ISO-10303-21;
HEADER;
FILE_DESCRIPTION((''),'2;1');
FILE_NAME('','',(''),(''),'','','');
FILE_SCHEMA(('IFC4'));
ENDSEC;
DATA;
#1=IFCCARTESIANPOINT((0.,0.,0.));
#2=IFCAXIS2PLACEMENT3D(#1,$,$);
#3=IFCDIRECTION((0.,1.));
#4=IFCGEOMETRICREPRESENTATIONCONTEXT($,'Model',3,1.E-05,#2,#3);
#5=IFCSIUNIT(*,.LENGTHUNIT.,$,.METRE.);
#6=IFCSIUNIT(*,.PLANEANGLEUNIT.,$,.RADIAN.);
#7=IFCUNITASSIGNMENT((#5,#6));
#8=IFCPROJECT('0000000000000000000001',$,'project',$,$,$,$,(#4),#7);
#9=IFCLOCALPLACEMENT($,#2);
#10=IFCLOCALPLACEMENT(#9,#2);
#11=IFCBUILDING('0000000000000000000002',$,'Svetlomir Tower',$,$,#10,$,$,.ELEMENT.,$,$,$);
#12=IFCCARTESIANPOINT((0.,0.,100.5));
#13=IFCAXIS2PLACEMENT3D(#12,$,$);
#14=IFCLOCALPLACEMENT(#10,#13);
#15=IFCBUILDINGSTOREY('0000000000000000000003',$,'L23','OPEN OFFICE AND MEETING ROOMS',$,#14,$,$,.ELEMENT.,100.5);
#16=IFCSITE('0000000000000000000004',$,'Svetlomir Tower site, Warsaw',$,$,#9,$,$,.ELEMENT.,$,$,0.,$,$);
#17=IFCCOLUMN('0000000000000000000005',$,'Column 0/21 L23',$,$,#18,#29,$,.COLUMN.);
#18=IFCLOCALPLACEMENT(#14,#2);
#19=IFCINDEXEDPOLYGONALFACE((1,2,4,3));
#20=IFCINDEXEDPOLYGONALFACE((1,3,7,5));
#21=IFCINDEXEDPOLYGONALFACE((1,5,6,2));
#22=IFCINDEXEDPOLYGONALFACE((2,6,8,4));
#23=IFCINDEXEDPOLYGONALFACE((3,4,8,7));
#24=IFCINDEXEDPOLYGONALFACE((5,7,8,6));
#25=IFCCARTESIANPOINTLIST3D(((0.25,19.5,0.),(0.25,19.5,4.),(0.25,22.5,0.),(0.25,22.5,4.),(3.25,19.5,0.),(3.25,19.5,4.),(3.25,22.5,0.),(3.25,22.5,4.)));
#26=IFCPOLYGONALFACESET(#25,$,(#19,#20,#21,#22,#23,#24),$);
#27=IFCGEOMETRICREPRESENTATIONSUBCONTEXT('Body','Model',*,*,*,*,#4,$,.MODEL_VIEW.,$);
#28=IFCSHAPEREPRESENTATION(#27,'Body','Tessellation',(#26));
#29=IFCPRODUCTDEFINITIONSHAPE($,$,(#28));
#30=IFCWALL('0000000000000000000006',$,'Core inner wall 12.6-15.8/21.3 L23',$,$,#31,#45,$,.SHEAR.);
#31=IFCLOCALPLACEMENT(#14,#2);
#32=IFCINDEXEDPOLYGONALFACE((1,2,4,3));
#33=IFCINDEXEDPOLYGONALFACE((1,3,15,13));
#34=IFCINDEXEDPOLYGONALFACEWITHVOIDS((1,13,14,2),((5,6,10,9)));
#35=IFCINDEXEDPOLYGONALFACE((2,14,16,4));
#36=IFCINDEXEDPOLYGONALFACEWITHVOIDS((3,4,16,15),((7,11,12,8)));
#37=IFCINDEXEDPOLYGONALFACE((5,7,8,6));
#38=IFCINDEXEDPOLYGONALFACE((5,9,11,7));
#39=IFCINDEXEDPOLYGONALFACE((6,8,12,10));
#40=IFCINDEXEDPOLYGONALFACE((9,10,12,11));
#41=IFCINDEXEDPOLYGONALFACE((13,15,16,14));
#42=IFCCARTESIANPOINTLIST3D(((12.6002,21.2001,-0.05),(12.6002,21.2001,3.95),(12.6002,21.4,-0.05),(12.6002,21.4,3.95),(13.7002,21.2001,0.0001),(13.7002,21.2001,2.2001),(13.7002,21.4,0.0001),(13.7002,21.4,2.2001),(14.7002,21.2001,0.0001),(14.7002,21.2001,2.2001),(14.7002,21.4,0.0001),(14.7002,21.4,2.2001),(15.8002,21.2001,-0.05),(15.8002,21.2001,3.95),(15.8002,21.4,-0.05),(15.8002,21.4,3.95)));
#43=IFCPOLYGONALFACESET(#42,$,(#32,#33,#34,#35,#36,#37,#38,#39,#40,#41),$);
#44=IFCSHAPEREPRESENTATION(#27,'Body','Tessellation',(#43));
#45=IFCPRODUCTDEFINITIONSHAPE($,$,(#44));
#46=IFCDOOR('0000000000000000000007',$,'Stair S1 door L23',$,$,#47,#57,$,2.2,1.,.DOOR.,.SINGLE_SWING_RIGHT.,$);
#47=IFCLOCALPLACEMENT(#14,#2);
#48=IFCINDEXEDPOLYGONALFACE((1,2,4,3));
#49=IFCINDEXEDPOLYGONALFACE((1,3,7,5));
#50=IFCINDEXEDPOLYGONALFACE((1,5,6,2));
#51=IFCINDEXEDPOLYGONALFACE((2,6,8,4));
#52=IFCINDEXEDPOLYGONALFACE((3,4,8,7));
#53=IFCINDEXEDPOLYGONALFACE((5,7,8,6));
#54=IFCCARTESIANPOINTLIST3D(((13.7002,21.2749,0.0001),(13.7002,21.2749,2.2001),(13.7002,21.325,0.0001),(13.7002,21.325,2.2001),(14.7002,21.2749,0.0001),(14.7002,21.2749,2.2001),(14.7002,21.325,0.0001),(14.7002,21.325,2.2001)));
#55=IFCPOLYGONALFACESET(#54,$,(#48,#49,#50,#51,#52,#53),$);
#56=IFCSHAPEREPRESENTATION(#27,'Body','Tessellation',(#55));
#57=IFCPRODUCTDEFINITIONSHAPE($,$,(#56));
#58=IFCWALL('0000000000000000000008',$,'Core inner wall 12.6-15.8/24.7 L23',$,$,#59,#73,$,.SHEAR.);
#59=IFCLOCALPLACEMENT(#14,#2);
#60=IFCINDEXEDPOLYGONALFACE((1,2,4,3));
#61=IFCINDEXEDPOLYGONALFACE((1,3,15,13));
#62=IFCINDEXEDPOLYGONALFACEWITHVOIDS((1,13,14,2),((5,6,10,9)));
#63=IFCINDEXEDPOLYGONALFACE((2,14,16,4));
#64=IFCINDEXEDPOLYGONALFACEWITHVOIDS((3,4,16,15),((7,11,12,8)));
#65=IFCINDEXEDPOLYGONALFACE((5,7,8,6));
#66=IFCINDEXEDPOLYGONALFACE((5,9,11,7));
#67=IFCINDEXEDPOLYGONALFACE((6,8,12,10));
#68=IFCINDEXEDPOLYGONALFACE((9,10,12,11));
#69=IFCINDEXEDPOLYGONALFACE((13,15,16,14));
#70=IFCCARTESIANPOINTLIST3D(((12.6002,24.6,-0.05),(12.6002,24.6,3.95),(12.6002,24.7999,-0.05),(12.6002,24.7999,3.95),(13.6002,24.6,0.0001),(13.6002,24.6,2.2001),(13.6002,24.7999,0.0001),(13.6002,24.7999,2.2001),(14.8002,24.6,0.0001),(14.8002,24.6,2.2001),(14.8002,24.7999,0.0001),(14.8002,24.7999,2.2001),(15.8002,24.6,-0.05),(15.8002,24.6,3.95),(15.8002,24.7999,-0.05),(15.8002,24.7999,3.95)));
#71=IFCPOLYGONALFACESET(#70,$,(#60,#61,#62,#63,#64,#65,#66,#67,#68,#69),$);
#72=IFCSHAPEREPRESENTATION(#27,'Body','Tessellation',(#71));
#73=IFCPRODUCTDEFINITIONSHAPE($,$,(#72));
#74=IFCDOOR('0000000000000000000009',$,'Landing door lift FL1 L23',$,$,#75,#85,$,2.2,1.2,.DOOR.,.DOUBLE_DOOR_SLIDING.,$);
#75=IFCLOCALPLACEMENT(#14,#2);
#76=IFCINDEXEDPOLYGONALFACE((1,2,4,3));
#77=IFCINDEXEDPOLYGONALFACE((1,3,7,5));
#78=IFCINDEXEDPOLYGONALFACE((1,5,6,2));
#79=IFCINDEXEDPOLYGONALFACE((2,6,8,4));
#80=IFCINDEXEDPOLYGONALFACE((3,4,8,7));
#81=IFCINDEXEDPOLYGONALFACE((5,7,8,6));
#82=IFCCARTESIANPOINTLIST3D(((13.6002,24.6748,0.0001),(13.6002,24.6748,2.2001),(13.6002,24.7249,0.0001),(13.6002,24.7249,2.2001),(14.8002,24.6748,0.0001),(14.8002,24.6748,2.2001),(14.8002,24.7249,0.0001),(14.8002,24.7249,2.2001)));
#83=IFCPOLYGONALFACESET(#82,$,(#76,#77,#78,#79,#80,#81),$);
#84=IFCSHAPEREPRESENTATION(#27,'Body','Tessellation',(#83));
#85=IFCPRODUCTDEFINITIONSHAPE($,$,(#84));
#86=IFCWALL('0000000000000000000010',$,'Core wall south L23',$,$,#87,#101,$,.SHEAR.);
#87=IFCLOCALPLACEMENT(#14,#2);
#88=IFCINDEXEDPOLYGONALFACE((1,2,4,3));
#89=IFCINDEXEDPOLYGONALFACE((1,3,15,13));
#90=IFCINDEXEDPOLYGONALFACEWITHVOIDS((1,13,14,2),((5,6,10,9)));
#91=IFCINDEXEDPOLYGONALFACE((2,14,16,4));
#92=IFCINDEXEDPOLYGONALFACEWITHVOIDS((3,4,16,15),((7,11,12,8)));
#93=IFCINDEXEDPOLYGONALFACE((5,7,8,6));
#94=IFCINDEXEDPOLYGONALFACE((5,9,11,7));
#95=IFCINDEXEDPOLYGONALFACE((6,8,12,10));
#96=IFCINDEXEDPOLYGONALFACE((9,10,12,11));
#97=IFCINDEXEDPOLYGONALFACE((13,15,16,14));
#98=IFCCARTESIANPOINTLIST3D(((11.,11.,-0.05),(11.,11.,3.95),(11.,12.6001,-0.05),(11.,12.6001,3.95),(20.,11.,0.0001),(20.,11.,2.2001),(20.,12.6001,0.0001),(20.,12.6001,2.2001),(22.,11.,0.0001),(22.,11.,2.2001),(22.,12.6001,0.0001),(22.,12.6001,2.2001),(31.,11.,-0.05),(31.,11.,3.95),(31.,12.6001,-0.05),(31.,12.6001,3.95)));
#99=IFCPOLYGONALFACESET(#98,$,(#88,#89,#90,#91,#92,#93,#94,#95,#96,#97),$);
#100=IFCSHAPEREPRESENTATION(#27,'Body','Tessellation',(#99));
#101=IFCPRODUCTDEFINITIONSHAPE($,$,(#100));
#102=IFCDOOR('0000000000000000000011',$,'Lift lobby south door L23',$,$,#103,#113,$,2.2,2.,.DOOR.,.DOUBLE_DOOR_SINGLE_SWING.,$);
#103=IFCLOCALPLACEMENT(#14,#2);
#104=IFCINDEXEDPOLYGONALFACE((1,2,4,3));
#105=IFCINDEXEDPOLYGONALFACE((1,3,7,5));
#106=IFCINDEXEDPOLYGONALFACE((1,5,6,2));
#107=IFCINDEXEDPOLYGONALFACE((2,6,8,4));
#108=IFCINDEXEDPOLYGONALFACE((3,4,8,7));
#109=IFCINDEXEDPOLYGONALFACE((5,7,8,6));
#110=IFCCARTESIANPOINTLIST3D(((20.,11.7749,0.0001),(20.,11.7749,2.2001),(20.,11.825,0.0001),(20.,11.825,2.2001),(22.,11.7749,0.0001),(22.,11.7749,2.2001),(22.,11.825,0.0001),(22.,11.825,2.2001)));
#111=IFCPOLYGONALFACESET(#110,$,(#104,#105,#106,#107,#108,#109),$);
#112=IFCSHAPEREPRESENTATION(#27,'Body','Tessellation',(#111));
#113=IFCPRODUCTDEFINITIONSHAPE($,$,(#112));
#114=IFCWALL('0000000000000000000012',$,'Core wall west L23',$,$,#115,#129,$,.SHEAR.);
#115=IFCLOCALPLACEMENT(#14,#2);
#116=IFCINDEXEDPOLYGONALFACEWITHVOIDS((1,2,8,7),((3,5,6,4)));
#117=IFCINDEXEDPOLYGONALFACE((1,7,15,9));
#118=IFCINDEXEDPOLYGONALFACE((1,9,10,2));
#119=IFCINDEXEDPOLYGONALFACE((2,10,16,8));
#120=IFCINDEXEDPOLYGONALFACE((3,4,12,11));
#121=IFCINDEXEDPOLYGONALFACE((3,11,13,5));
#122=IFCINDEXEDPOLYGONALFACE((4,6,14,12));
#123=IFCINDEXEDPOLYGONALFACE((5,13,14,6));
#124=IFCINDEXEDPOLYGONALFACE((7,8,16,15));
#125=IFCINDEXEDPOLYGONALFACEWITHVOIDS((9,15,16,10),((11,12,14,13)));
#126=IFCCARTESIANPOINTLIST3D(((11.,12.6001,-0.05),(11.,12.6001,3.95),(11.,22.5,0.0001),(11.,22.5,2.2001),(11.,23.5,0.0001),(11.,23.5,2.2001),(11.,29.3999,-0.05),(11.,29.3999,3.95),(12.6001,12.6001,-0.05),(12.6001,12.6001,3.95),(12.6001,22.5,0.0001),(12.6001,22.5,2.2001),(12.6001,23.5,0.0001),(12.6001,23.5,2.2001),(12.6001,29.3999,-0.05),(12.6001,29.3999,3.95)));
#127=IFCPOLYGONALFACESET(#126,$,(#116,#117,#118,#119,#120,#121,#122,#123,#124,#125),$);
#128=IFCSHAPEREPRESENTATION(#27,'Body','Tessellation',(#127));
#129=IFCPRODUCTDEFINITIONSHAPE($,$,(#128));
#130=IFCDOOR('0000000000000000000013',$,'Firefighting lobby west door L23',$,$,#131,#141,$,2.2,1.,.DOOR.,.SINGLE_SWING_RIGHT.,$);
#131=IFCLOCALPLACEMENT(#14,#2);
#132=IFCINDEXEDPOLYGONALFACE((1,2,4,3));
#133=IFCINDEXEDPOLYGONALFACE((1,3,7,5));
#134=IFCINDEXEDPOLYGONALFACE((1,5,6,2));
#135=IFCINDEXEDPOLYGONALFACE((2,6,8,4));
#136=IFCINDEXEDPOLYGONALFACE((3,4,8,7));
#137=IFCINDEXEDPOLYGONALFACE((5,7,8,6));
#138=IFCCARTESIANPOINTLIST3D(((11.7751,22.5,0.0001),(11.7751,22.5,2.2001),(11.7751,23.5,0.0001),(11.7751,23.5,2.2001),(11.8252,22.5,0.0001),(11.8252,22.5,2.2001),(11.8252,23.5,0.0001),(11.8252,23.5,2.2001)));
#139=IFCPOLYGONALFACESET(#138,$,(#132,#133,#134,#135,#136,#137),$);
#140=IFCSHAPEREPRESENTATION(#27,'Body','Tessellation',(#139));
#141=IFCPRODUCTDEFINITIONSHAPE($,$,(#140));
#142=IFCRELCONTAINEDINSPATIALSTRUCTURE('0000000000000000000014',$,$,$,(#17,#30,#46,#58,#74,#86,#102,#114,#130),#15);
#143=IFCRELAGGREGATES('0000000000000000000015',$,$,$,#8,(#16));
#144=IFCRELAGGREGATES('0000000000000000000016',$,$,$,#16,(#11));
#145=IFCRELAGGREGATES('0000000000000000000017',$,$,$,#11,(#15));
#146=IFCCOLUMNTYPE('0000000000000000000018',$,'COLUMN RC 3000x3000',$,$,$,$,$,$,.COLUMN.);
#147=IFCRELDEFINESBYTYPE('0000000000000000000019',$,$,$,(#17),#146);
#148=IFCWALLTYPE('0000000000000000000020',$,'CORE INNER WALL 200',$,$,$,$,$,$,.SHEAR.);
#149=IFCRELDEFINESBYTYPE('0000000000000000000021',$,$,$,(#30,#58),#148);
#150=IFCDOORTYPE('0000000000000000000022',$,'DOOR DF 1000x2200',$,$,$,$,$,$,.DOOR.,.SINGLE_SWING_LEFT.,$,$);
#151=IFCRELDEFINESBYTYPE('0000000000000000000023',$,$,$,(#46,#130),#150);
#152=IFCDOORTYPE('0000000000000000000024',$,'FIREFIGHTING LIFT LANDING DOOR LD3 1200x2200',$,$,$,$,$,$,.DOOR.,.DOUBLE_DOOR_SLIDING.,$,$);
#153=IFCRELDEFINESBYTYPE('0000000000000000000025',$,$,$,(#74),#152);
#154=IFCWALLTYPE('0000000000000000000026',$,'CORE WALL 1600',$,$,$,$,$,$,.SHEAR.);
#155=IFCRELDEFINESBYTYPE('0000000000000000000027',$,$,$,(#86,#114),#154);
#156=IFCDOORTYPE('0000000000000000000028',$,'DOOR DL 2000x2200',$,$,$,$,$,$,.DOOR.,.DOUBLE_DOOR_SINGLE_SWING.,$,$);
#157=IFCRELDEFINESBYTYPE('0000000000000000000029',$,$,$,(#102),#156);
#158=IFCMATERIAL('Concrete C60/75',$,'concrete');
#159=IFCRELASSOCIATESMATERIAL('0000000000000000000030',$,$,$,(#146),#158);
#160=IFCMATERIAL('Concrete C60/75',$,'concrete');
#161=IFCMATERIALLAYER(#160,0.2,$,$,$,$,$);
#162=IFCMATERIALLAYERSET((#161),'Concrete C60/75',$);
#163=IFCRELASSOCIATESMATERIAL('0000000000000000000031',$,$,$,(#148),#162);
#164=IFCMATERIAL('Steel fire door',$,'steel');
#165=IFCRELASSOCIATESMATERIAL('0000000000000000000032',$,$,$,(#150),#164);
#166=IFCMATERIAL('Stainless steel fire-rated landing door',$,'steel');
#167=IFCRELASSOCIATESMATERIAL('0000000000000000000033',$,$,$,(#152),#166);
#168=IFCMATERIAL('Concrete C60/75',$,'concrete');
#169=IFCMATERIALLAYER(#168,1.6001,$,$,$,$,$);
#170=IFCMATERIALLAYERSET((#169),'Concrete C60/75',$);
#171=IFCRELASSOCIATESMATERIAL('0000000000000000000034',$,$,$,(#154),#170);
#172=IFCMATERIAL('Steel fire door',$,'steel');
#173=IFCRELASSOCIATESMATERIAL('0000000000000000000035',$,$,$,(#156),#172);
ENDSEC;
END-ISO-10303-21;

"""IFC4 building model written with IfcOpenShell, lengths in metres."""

from ifc_helpers import new_model, si_unit, direction, frame, frame_2d, origin, origin_2d, place, context, subcontext, project, spatial, rectangle, extrude, material, layer, layer_set, material_profile, profile_set, type_object, element, fill, save


model = new_model("IFC4")

# Units and contexts
model_context = context("Model", 3, precision=1e-05, world=origin(), true_north=direction((0.0, 1.0)))
body_context = subcontext(model_context, "Body", "Model", "MODEL_VIEW")
ifc_project = project(units=[si_unit("LENGTHUNIT", "METRE"), si_unit("PLANEANGLEUNIT", "RADIAN")], contexts=[model_context])

# Site, building, storey
site_placement = place(None, origin())
site = spatial("IfcSite", under=ifc_project, at=site_placement, Name="Svetlomir Tower site, Warsaw", CompositionType="ELEMENT", RefElevation=0.0)
building_placement = place(site_placement, origin())
building = spatial("IfcBuilding", under=site, at=building_placement, Name="Svetlomir Tower", CompositionType="ELEMENT")
storey_placement = place(building_placement, frame((0.0, 0.0, 100.5)))
storey = spatial("IfcBuildingStorey", under=building, at=storey_placement, Name="L23", Description="OPEN OFFICE AND MEETING ROOMS", CompositionType="ELEMENT", Elevation=100.5)

# Column
ifc_material_1 = material(Name="Concrete C60/75", Category="concrete")
ifc_material_profile = material_profile(ifc_material_1, rectangle(XDim=3.0, YDim=3.0, at=origin_2d()), Name="RC 3000x3000")
ifc_profile_set = profile_set([ifc_material_profile], Name="Concrete C60/75")
column_type = type_object("IfcColumnType", Name="COLUMN RC 3000x3000", PredefinedType="COLUMN", material=ifc_profile_set)
column_placement = place(storey_placement, frame((1.75, 21.0, 0.0), z_axis=(0.0, 0.0, 1.0), x_axis=(1.0, 0.0, 0.0)))
element("IfcColumn", 1, at=column_placement, inside=storey, type_object=column_type, Name="Column 0/21 L23", PredefinedType="COLUMN", context=body_context, shape_type="SweptSolid", body=[
    extrude(rectangle(XDim=3.0, YDim=3.0, at=origin_2d()), origin(), (0.0, 0.0, 1.0), 4.0),
])

# Walls, openings, doors
ifc_material_2 = material(Name="Concrete C60/75", Category="concrete")
ifc_layer_1 = layer(ifc_material_2, 0.2)
ifc_layer_set_1 = layer_set([ifc_layer_1], Name="Concrete C60/75")
wall_type_1 = type_object("IfcWallType", Name="CORE INNER WALL 200", PredefinedType="SHEAR", material=ifc_layer_set_1)
wall_1_placement = place(storey_placement, frame((12.6001, 21.3, -0.05), z_axis=(0.0, 0.0, 1.0), x_axis=(1.0, 0.0, 0.0)))
wall_1 = element("IfcWall", 2, at=wall_1_placement, inside=storey, type_object=wall_type_1, Name="Core inner wall 12.6-15.8/21.3 L23", PredefinedType="SHEAR", context=body_context, shape_type="SweptSolid", body=[
    extrude(rectangle(XDim=3.2, YDim=0.2, at=frame_2d((1.6001, 0.0))), origin(), (0.0, 0.0, 1.0), 4.0),
])
opening_1_placement = place(wall_1_placement, frame((1.1001, 0.0, 0.05)))
opening_1 = element("IfcOpeningElement", 3, at=opening_1_placement, cuts=wall_1, PredefinedType="OPENING", context=body_context, shape_type="SweptSolid", body=[
    extrude(rectangle(XDim=1.0, YDim=2.2, at=frame_2d((0.5, 1.1001))), frame((0.0, 0.1099, 0.0), z_axis=(0.0, -1.0, 0.0), x_axis=(1.0, 0.0, 0.0)), (0.0, 0.0, 1.0), 0.22),
])
ifc_material_3 = material(Name="Steel fire door", Category="steel")
door_type_1 = type_object("IfcDoorType", Name="DOOR DF 1000x2200", OperationType="SINGLE_SWING_LEFT", PredefinedType="DOOR", material=ifc_material_3)
door_1_placement = place(opening_1_placement, origin())
door_1 = element("IfcDoor", 4, at=door_1_placement, inside=storey, type_object=door_type_1, Name="Stair S1 door L23", OperationType="SINGLE_SWING_RIGHT", OverallHeight=2.2, OverallWidth=1.0, PredefinedType="DOOR", context=body_context, shape_type="SweptSolid", body=[
    extrude(rectangle(XDim=1.0, YDim=2.2, at=frame_2d((0.5, 1.1001))), frame((0.0, 0.0249, 0.0), z_axis=(0.0, -1.0, 0.0), x_axis=(1.0, 0.0, 0.0)), (0.0, 0.0, 1.0), 0.05),
])
fill(opening_1, door_1)
wall_2_placement = place(storey_placement, frame((12.6001, 24.7, -0.05), z_axis=(0.0, 0.0, 1.0), x_axis=(1.0, 0.0, 0.0)))
wall_2 = element("IfcWall", 5, at=wall_2_placement, inside=storey, type_object=wall_type_1, Name="Core inner wall 12.6-15.8/24.7 L23", PredefinedType="SHEAR", context=body_context, shape_type="SweptSolid", body=[
    extrude(rectangle(XDim=3.2, YDim=0.2, at=frame_2d((1.6001, 0.0))), origin(), (0.0, 0.0, 1.0), 4.0),
])
opening_2_placement = place(wall_2_placement, frame((1.0, 0.0, 0.05)))
opening_2 = element("IfcOpeningElement", 6, at=opening_2_placement, cuts=wall_2, PredefinedType="OPENING", context=body_context, shape_type="SweptSolid", body=[
    extrude(rectangle(XDim=1.2, YDim=2.2, at=frame_2d((0.6001, 1.1001))), frame((0.0, 0.1099, 0.0), z_axis=(0.0, -1.0, 0.0), x_axis=(1.0, 0.0, 0.0)), (0.0, 0.0, 1.0), 0.22),
])
ifc_material_4 = material(Name="Stainless steel fire-rated landing door", Category="steel")
door_type_2 = type_object("IfcDoorType", Name="FIREFIGHTING LIFT LANDING DOOR LD3 1200x2200", OperationType="DOUBLE_DOOR_SLIDING", PredefinedType="DOOR", material=ifc_material_4)
door_2_placement = place(opening_2_placement, origin())
door_2 = element("IfcDoor", 7, at=door_2_placement, inside=storey, type_object=door_type_2, Name="Landing door lift FL1 L23", OperationType="DOUBLE_DOOR_SLIDING", OverallHeight=2.2, OverallWidth=1.2, PredefinedType="DOOR", context=body_context, shape_type="SweptSolid", body=[
    extrude(rectangle(XDim=1.2, YDim=2.2, at=frame_2d((0.6001, 1.1001))), frame((0.0, 0.0249, 0.0), z_axis=(0.0, -1.0, 0.0), x_axis=(1.0, 0.0, 0.0)), (0.0, 0.0, 1.0), 0.05),
])
fill(opening_2, door_2)
ifc_material_5 = material(Name="Concrete C60/75", Category="concrete")
ifc_layer_2 = layer(ifc_material_5, 1.6001)
ifc_layer_set_2 = layer_set([ifc_layer_2], Name="Concrete C60/75")
wall_type_2 = type_object("IfcWallType", Name="CORE WALL 1600", PredefinedType="SHEAR", material=ifc_layer_set_2)
wall_3_placement = place(storey_placement, frame((11.0, 11.8, -0.05), z_axis=(0.0, 0.0, 1.0), x_axis=(1.0, 0.0, 0.0)))
wall_3 = element("IfcWall", 8, at=wall_3_placement, inside=storey, type_object=wall_type_2, Name="Core wall south L23", PredefinedType="SHEAR", context=body_context, shape_type="SweptSolid", body=[
    extrude(rectangle(XDim=20.0, YDim=1.6001, at=frame_2d((10.0, 0.0))), origin(), (0.0, 0.0, 1.0), 4.0),
])
opening_3_placement = place(wall_3_placement, frame((9.0, 0.0, 0.05)))
opening_3 = element("IfcOpeningElement", 9, at=opening_3_placement, cuts=wall_3, PredefinedType="OPENING", context=body_context, shape_type="SweptSolid", body=[
    extrude(rectangle(XDim=2.0, YDim=2.2, at=frame_2d((1.0, 1.1001))), frame((0.0, 0.8101, 0.0), z_axis=(0.0, -1.0, 0.0), x_axis=(1.0, 0.0, 0.0)), (0.0, 0.0, 1.0), 1.6201),
])
ifc_material_6 = material(Name="Steel fire door", Category="steel")
door_type_3 = type_object("IfcDoorType", Name="DOOR DL 2000x2200", OperationType="DOUBLE_DOOR_SINGLE_SWING", PredefinedType="DOOR", material=ifc_material_6)
door_3_placement = place(opening_3_placement, origin())
door_3 = element("IfcDoor", 10, at=door_3_placement, inside=storey, type_object=door_type_3, Name="Lift lobby south door L23", OperationType="DOUBLE_DOOR_SINGLE_SWING", OverallHeight=2.2, OverallWidth=2.0, PredefinedType="DOOR", context=body_context, shape_type="SweptSolid", body=[
    extrude(rectangle(XDim=2.0, YDim=2.2, at=frame_2d((1.0, 1.1001))), frame((0.0, 0.0249, 0.0), z_axis=(0.0, -1.0, 0.0), x_axis=(1.0, 0.0, 0.0)), (0.0, 0.0, 1.0), 0.05),
])
fill(opening_3, door_3)
wall_4_placement = place(storey_placement, frame((11.8, 12.6001, -0.05), z_axis=(0.0, 0.0, 1.0), x_axis=(0.0, 1.0, 0.0)))
wall_4 = element("IfcWall", 11, at=wall_4_placement, inside=storey, type_object=wall_type_2, Name="Core wall west L23", PredefinedType="SHEAR", context=body_context, shape_type="SweptSolid", body=[
    extrude(rectangle(XDim=16.7998, YDim=1.6001, at=frame_2d((8.3999, 0.0))), origin(), (0.0, 0.0, 1.0), 4.0),
])
opening_4_placement = place(wall_4_placement, frame((9.8999, 0.0, 0.05)))
opening_4 = element("IfcOpeningElement", 12, at=opening_4_placement, cuts=wall_4, PredefinedType="OPENING", context=body_context, shape_type="SweptSolid", body=[
    extrude(rectangle(XDim=1.0, YDim=2.2, at=frame_2d((0.5, 1.1001))), frame((0.0, 0.8101, 0.0), z_axis=(0.0, -1.0, 0.0), x_axis=(1.0, 0.0, 0.0)), (0.0, 0.0, 1.0), 1.6201),
])
door_4_placement = place(opening_4_placement, origin())
door_4 = element("IfcDoor", 13, at=door_4_placement, inside=storey, type_object=door_type_1, Name="Firefighting lobby west door L23", OperationType="SINGLE_SWING_RIGHT", OverallHeight=2.2, OverallWidth=1.0, PredefinedType="DOOR", context=body_context, shape_type="SweptSolid", body=[
    extrude(rectangle(XDim=1.0, YDim=2.2, at=frame_2d((0.5, 1.1001))), frame((0.0, 0.0249, 0.0), z_axis=(0.0, -1.0, 0.0), x_axis=(1.0, 0.0, 0.0)), (0.0, 0.0, 1.0), 0.05),
])
fill(opening_4, door_4)

save(model, "model.ifc")
